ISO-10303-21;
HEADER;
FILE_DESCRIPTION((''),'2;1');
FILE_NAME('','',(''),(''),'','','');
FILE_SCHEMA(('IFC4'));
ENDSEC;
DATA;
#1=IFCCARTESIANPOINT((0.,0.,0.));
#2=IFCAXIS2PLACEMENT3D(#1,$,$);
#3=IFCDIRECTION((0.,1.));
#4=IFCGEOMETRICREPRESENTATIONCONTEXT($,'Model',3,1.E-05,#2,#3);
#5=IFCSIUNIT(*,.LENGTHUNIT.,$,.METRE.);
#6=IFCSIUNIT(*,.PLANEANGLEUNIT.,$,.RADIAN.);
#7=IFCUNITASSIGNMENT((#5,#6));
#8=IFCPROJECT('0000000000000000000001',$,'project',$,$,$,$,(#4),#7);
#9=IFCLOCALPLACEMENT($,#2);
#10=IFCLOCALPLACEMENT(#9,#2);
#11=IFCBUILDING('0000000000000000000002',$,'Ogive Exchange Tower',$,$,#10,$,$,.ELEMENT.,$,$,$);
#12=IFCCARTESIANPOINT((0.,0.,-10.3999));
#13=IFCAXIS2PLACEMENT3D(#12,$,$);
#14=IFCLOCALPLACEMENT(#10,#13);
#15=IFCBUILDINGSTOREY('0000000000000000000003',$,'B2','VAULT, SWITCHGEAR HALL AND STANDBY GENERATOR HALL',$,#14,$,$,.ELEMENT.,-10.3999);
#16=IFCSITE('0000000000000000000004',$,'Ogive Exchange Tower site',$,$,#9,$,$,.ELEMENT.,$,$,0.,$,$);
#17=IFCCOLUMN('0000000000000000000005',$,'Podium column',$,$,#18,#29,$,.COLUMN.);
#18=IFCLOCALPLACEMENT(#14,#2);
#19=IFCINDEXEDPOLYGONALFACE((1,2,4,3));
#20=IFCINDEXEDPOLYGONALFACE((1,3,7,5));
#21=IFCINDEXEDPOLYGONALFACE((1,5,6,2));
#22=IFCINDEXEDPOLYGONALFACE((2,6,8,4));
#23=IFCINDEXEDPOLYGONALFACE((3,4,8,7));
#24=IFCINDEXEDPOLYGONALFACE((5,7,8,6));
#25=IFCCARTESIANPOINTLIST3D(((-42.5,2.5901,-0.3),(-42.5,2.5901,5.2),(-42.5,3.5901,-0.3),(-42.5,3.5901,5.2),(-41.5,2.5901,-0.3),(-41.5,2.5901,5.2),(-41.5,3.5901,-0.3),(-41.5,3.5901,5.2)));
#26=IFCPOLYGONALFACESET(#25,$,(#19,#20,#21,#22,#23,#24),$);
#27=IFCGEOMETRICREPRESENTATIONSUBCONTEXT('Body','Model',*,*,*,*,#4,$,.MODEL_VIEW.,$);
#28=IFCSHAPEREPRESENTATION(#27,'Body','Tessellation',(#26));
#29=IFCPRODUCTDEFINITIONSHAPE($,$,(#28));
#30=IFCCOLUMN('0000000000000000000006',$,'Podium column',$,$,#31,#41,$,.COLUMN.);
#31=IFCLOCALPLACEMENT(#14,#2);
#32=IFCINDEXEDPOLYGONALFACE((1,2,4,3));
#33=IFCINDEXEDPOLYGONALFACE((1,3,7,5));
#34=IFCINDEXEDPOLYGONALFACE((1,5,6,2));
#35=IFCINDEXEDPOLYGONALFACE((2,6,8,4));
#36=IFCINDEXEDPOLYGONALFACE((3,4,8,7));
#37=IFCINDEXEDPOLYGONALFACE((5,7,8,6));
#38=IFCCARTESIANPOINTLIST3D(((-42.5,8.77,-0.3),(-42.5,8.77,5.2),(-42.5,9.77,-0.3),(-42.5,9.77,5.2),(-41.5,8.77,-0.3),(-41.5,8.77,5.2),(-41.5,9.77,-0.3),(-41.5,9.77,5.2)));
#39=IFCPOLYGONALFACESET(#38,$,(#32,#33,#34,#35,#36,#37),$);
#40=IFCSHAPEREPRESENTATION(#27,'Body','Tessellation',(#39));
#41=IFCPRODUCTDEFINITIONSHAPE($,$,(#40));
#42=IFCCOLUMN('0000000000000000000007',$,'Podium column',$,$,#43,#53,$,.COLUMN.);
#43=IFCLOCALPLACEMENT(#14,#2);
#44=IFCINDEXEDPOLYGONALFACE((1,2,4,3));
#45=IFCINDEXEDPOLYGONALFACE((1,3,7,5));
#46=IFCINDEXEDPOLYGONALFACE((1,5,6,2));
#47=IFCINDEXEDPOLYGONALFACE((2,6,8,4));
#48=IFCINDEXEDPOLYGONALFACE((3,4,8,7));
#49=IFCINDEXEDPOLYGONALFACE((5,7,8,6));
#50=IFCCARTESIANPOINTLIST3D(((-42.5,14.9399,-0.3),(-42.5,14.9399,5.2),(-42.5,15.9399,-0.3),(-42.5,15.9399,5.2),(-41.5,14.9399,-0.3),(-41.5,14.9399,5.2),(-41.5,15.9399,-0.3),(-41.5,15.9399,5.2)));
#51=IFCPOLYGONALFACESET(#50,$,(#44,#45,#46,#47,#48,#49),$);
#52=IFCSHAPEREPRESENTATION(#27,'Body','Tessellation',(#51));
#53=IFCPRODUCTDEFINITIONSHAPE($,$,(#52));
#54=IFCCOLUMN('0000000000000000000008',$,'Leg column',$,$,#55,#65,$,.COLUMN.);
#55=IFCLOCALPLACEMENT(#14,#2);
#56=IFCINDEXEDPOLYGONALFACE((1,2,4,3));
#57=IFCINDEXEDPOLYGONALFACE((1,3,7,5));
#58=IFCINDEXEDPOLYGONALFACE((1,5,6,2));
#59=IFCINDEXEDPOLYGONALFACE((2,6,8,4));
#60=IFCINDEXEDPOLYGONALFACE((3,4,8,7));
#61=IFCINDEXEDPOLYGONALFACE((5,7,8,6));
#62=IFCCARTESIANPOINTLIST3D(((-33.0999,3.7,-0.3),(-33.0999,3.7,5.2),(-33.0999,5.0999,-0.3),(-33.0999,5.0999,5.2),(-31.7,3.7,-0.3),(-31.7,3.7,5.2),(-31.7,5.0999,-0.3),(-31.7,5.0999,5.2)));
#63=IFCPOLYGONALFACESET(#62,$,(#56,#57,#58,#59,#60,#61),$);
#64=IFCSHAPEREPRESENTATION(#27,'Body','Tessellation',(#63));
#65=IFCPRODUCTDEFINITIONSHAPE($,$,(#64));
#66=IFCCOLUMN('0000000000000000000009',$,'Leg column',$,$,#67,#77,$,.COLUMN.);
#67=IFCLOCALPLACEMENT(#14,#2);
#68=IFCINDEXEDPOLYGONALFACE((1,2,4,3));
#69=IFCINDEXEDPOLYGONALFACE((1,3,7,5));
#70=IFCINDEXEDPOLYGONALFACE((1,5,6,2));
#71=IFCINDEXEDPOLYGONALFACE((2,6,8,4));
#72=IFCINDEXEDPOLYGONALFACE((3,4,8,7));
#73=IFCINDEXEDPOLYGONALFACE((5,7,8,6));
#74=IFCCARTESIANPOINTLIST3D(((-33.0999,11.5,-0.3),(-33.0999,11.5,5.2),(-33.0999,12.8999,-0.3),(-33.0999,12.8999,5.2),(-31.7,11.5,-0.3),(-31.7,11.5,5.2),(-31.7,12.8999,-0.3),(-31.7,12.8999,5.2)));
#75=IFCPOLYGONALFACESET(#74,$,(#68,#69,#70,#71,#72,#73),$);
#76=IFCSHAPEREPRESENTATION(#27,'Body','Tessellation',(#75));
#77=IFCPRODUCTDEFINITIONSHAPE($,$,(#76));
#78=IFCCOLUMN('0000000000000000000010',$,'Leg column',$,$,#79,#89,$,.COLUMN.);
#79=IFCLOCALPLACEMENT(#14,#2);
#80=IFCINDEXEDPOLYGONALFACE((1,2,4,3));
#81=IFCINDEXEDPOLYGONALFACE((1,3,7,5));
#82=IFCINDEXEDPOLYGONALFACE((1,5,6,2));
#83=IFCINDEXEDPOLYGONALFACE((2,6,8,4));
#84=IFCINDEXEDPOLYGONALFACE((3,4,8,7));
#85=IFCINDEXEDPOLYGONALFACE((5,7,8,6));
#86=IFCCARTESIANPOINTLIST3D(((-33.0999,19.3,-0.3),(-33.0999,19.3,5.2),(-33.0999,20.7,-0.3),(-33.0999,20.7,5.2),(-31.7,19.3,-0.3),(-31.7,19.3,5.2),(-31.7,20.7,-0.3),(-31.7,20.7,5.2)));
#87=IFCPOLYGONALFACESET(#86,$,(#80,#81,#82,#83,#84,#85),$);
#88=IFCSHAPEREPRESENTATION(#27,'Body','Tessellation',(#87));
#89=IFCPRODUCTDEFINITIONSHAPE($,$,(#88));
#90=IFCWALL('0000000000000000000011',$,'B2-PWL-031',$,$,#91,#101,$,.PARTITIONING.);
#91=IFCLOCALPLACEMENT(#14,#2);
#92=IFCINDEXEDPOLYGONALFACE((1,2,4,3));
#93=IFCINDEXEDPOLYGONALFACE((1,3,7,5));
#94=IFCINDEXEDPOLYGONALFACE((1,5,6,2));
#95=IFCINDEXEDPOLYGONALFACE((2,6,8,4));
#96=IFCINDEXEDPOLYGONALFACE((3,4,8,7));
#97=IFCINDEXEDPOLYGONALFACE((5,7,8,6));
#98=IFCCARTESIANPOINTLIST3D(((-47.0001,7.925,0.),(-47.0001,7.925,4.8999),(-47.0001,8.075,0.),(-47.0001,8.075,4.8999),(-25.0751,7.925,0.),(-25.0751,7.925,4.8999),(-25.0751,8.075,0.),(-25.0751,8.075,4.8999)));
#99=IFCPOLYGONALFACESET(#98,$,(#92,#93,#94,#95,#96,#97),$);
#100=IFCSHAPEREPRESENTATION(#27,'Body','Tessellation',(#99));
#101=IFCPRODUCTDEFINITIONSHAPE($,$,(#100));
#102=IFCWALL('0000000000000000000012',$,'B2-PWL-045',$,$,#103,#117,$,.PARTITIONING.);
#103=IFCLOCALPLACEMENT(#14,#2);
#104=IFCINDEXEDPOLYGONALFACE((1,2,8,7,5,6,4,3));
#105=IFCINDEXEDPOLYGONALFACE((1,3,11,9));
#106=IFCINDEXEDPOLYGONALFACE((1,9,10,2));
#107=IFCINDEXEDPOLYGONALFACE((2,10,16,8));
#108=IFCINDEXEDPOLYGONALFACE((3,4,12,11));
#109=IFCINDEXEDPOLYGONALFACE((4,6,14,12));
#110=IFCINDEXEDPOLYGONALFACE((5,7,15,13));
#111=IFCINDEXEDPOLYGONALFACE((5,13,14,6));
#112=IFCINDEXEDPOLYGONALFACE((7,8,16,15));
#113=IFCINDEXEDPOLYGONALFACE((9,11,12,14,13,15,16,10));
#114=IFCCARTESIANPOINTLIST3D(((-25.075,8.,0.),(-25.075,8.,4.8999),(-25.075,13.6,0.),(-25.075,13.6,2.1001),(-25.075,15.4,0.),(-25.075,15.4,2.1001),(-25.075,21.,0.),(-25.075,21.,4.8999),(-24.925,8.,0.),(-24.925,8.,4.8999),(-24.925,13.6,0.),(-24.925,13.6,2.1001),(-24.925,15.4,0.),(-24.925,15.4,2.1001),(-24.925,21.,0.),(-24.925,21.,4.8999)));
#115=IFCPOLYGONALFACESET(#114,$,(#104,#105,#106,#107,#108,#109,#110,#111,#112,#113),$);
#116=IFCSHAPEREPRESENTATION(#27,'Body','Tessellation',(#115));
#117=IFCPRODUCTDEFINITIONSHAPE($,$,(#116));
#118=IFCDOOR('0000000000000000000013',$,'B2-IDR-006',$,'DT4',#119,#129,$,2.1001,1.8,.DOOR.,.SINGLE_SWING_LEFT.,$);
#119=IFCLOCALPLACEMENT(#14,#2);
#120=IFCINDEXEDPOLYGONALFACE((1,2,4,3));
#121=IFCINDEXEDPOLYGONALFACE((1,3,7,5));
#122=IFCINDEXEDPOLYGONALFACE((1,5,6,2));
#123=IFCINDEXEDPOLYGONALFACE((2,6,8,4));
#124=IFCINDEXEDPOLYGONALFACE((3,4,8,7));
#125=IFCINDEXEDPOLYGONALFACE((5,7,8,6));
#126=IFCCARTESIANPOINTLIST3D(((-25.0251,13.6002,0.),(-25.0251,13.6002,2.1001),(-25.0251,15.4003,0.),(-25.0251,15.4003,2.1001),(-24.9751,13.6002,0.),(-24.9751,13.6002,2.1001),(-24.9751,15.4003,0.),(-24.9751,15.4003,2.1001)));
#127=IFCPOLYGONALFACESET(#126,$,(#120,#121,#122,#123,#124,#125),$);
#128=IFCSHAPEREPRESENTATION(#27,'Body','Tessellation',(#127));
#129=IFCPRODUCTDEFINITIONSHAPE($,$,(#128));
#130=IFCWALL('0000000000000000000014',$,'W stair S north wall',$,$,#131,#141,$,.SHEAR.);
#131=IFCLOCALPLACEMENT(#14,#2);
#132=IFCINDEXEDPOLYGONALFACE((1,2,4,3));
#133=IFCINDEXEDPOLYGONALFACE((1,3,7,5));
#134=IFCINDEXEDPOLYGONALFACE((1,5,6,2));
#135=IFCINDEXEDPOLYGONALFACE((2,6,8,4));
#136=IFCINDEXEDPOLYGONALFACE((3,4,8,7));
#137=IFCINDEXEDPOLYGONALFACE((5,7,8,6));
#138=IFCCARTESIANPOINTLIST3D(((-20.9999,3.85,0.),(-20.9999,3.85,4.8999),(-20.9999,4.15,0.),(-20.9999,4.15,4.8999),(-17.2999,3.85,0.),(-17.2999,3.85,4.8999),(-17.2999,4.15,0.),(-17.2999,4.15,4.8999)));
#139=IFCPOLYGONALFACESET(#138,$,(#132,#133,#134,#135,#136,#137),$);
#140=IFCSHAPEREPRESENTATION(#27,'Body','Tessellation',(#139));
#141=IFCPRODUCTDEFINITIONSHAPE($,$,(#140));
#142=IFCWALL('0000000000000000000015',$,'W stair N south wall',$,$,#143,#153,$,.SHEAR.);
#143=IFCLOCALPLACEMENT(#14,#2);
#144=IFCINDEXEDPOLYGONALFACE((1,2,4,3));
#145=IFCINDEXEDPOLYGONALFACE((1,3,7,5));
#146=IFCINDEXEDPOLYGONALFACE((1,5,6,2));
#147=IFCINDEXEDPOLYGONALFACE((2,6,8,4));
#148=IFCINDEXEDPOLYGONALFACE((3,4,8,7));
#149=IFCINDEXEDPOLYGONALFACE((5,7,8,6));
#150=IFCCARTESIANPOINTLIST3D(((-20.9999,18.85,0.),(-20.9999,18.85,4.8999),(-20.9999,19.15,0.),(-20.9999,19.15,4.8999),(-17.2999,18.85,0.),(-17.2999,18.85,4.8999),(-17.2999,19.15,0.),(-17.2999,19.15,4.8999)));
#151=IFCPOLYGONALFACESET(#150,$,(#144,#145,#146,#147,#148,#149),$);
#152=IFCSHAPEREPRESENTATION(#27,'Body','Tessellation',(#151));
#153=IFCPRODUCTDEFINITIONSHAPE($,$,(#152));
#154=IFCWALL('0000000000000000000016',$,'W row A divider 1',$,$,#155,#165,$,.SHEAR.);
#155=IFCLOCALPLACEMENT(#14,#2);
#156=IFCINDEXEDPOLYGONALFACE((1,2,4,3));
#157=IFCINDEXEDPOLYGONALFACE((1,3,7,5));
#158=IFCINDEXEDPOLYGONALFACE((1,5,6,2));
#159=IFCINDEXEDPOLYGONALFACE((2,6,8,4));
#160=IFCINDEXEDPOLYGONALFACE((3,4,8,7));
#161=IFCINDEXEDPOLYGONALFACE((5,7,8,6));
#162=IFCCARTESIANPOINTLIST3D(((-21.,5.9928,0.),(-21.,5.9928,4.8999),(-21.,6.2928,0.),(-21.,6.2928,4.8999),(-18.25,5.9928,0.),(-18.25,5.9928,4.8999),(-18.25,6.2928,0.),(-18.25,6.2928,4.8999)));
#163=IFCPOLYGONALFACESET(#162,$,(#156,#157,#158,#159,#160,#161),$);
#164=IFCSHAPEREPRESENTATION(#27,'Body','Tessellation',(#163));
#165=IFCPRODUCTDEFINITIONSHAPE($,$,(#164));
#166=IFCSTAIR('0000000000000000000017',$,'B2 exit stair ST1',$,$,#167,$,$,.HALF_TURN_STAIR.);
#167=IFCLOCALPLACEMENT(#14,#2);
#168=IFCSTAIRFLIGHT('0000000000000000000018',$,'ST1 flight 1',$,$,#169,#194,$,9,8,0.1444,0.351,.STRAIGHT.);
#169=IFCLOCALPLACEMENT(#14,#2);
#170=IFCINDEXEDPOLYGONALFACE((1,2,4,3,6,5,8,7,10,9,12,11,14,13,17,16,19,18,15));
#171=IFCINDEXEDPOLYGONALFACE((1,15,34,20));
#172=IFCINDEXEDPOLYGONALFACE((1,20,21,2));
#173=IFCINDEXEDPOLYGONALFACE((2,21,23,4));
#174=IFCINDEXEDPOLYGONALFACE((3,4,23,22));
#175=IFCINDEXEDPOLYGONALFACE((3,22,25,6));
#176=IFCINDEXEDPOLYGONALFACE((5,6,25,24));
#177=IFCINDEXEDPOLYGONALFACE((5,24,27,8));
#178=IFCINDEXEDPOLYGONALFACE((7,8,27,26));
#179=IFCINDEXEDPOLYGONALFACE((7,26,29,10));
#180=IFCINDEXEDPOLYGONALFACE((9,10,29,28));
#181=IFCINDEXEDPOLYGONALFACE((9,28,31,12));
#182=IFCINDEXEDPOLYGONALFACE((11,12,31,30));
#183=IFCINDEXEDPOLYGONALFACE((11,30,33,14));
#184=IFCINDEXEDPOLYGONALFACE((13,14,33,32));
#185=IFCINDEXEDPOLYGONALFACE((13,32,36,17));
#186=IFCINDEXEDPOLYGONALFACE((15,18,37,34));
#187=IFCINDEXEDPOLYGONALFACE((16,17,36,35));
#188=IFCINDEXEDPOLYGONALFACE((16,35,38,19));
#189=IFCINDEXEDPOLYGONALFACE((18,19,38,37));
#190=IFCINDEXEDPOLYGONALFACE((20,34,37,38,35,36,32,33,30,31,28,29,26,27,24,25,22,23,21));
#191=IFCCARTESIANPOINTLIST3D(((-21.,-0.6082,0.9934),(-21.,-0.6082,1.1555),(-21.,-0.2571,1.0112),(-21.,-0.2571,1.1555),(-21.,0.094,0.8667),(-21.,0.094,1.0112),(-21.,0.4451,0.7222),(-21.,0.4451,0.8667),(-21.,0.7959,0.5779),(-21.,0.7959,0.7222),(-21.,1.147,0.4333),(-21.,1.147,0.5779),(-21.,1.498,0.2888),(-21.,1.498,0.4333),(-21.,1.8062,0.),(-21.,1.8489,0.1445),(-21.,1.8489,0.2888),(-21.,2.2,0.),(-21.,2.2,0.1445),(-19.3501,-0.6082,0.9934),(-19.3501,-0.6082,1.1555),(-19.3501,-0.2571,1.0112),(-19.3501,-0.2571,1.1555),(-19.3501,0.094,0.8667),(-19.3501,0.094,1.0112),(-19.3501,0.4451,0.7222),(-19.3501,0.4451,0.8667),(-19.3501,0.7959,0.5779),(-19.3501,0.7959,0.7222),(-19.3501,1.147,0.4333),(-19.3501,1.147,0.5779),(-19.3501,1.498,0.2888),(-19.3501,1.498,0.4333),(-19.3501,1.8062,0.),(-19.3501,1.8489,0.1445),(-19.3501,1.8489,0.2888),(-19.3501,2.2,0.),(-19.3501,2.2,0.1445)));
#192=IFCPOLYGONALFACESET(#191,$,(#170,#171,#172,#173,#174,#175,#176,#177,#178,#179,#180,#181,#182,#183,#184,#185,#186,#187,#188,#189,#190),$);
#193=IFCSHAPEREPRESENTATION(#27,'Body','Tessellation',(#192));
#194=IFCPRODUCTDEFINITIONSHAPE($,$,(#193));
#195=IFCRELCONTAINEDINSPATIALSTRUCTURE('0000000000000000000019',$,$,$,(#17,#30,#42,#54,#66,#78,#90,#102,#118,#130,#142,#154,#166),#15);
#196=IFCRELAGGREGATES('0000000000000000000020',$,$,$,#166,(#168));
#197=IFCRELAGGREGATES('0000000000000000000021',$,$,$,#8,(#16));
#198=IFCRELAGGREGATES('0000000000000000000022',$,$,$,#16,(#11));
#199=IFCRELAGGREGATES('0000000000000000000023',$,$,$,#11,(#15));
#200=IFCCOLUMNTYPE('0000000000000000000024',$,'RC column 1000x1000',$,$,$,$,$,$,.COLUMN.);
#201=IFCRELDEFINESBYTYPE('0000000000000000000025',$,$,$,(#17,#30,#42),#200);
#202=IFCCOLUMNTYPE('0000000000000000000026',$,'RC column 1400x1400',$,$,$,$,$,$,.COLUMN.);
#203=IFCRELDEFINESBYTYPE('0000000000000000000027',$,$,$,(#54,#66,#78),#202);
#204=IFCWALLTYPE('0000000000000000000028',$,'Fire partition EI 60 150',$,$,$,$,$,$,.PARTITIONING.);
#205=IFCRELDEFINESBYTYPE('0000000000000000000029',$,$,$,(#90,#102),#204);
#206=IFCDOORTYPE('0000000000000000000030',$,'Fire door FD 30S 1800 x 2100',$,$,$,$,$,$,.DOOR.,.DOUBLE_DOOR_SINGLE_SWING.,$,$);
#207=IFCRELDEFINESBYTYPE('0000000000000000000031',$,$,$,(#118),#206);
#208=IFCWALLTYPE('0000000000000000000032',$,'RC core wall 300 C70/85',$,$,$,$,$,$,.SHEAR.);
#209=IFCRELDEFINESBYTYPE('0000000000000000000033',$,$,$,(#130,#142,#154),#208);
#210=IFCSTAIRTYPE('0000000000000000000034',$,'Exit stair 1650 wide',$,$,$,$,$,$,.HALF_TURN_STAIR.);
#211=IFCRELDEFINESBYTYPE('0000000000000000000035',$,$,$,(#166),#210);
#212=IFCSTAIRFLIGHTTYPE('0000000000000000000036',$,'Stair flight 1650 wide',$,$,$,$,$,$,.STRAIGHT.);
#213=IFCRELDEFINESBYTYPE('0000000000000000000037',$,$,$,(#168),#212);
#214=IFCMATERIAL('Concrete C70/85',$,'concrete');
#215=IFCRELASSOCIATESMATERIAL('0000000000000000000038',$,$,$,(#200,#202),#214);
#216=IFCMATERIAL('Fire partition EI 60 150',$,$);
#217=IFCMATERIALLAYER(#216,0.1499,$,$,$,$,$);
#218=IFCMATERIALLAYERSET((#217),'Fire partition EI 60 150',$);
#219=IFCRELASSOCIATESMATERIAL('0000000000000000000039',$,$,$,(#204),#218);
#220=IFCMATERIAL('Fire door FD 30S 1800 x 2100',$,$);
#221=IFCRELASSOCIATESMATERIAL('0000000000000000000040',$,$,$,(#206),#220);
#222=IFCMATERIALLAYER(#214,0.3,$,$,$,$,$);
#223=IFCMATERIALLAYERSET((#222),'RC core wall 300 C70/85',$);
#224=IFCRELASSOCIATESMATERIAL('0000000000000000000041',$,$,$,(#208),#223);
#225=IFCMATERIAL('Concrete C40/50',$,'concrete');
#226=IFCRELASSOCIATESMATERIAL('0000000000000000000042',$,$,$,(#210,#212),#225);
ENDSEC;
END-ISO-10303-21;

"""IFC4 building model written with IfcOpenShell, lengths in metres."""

from ifc_helpers import new_model, si_unit, direction, frame, frame_2d, origin, origin_2d, place, context, subcontext, project, spatial, polyline, rectangle, outline, extrude, material, layer, layer_set, material_profile, profile_set, type_object, element, fill, aggregate, save


model = new_model("IFC4")

# Units and contexts
model_context = context("Model", 3, precision=1e-05, world=origin(), true_north=direction((0.0, 1.0)))
body_context = subcontext(model_context, "Body", "Model", "MODEL_VIEW")
ifc_project = project(units=[si_unit("LENGTHUNIT", "METRE"), si_unit("PLANEANGLEUNIT", "RADIAN")], contexts=[model_context])

# Site, building, storey
site_placement = place(None, origin())
site = spatial("IfcSite", under=ifc_project, at=site_placement, Name="Ogive Exchange Tower site", CompositionType="ELEMENT", RefElevation=0.0)
building_placement = place(site_placement, origin())
building = spatial("IfcBuilding", under=site, at=building_placement, Name="Ogive Exchange Tower", CompositionType="ELEMENT")
storey_placement = place(building_placement, frame((0.0, 0.0, -10.3999)))
storey = spatial("IfcBuildingStorey", under=building, at=storey_placement, Name="B2", Description="VAULT, SWITCHGEAR HALL AND STANDBY GENERATOR HALL", CompositionType="ELEMENT", Elevation=-10.3999)

# Shared definitions
ifc_material_1 = material(Name="Concrete C40/50", Category="concrete")

# Columns
ifc_material_2 = material(Name="Concrete C70/85", Category="concrete")
ifc_material_profile_1 = material_profile(ifc_material_2, rectangle(XDim=1.0, YDim=1.0, at=origin_2d()), Name="RC 1000x1000")
ifc_profile_set_1 = profile_set([ifc_material_profile_1], Name="Concrete C70/85")
column_type_1 = type_object("IfcColumnType", Name="RC column 1000x1000", PredefinedType="COLUMN", material=ifc_profile_set_1)
for number, where, z_axis, x_axis, name in (
    (1, (-42.0, 3.0901, -0.3), (0.0, 0.0, 1.0), (1.0, 0.0, 0.0), "Podium column"),
    (2, (-42.0, 9.27, -0.3), (0.0, 0.0, 1.0), (1.0, 0.0, 0.0), "Podium column"),
    (3, (-42.0, 15.4399, -0.3), (0.0, 0.0, 1.0), (1.0, 0.0, 0.0), "Podium column"),
):
    element("IfcColumn", number, at=place(storey_placement, frame(where, z_axis=z_axis, x_axis=x_axis)), inside=storey, type_object=column_type_1, Name=name, PredefinedType="COLUMN", context=body_context, shape_type="SweptSolid", body=[
        extrude(rectangle(XDim=1.0, YDim=1.0, at=origin_2d()), origin(), (0.0, 0.0, 1.0), 5.5),
    ])
ifc_material_profile_2 = material_profile(ifc_material_2, rectangle(XDim=1.3999, YDim=1.3999, at=origin_2d()), Name="RC 1400x1400")
ifc_profile_set_2 = profile_set([ifc_material_profile_2], Name="Concrete C70/85")
column_type_2 = type_object("IfcColumnType", Name="RC column 1400x1400", PredefinedType="COLUMN", material=ifc_profile_set_2)
for number, where, z_axis, x_axis, name in (
    (4, (-32.3999, 4.3999, -0.3), (0.0, 0.0, 1.0), (1.0, 0.0, 0.0), "Leg column"),
    (5, (-32.3999, 12.2, -0.3), (0.0, 0.0, 1.0), (1.0, 0.0, 0.0), "Leg column"),
    (6, (-32.3999, 20.0, -0.3), (0.0, 0.0, 1.0), (1.0, 0.0, 0.0), "Leg column"),
):
    element("IfcColumn", number, at=place(storey_placement, frame(where, z_axis=z_axis, x_axis=x_axis)), inside=storey, type_object=column_type_2, Name=name, PredefinedType="COLUMN", context=body_context, shape_type="SweptSolid", body=[
        extrude(rectangle(XDim=1.3999, YDim=1.3999, at=origin_2d()), origin(), (0.0, 0.0, 1.0), 5.5),
    ])

# Wall
ifc_material_3 = material(Name="Fire partition EI 60 150")
ifc_layer_1 = layer(ifc_material_3, 0.1499)
ifc_layer_set_1 = layer_set([ifc_layer_1], Name="Fire partition EI 60 150")
wall_type_1 = type_object("IfcWallType", Name="Fire partition EI 60 150", PredefinedType="PARTITIONING", material=ifc_layer_set_1)
wall_1_placement = place(storey_placement, frame((-47.0, 8.0, 0.0), z_axis=(0.0, 0.0, 1.0), x_axis=(1.0, 0.0, 0.0)))
element("IfcWall", 7, at=wall_1_placement, inside=storey, type_object=wall_type_1, Name="B2-PWL-031", PredefinedType="PARTITIONING", context=body_context, shape_type="SweptSolid", body=[
    extrude(rectangle(XDim=21.925, YDim=0.1499, at=frame_2d((10.9624, 0.0))), origin(), (0.0, 0.0, 1.0), 4.8999),
])

# Wall, opening, door
wall_2_placement = place(storey_placement, frame((-25.0, 8.0, 0.0), z_axis=(0.0, 0.0, 1.0), x_axis=(0.0, 1.0, 0.0)))
wall_2 = element("IfcWall", 8, at=wall_2_placement, inside=storey, type_object=wall_type_1, Name="B2-PWL-045", PredefinedType="PARTITIONING", context=body_context, shape_type="SweptSolid", body=[
    extrude(rectangle(XDim=13.0, YDim=0.1499, at=frame_2d((6.5, 0.0))), origin(), (0.0, 0.0, 1.0), 4.8999),
])
opening_placement = place(wall_2_placement, frame((5.6001, 0.0, 0.0)))
opening = element("IfcOpeningElement", 9, at=opening_placement, cuts=wall_2, PredefinedType="OPENING", context=body_context, shape_type="SweptSolid", body=[
    extrude(rectangle(XDim=1.8, YDim=2.1001, at=frame_2d((0.8999, 1.05))), frame((0.0, 0.085, 0.0), z_axis=(0.0, -1.0, 0.0), x_axis=(1.0, 0.0, 0.0)), (0.0, 0.0, 1.0), 0.1699),
])
ifc_material_4 = material(Name="Fire door FD 30S 1800 x 2100")
door_type = type_object("IfcDoorType", Name="Fire door FD 30S 1800 x 2100", OperationType="DOUBLE_DOOR_SINGLE_SWING", PredefinedType="DOOR", material=ifc_material_4)
door_placement = place(opening_placement, frame((1.8, 0.0, 0.0), z_axis=(0.0, 0.0, 1.0), x_axis=(-1.0, 0.0, 0.0)))
door = element("IfcDoor", 10, at=door_placement, inside=storey, type_object=door_type, Name="B2-IDR-006", ObjectType="DT4", OperationType="SINGLE_SWING_LEFT", OverallHeight=2.1001, OverallWidth=1.8, PredefinedType="DOOR", context=body_context, shape_type="SweptSolid", body=[
    extrude(rectangle(XDim=1.8, YDim=2.1001, at=frame_2d((0.8999, 1.05))), frame((0.0, 0.0249, 0.0), z_axis=(0.0, -1.0, 0.0), x_axis=(1.0, 0.0, 0.0)), (0.0, 0.0, 1.0), 0.05),
])
fill(opening, door)

# Walls
ifc_layer_2 = layer(ifc_material_2, 0.3)
ifc_layer_set_2 = layer_set([ifc_layer_2], Name="RC core wall 300 C70/85")
wall_type_2 = type_object("IfcWallType", Name="RC core wall 300 C70/85", PredefinedType="SHEAR", material=ifc_layer_set_2)
for number, where, z_axis, x_axis, name in (
    (11, (-21.0, 4.0, 0.0), (0.0, 0.0, 1.0), (1.0, 0.0, 0.0), "W stair S north wall"),
    (12, (-21.0, 19.0, 0.0), (0.0, 0.0, 1.0), (1.0, 0.0, 0.0), "W stair N south wall"),
):
    element("IfcWall", number, at=place(storey_placement, frame(where, z_axis=z_axis, x_axis=x_axis)), inside=storey, type_object=wall_type_2, Name=name, PredefinedType="SHEAR", context=body_context, shape_type="SweptSolid", body=[
        extrude(rectangle(XDim=3.7, YDim=0.3, at=frame_2d((1.8501, 0.0))), origin(), (0.0, 0.0, 1.0), 4.8999),
    ])
wall_3_placement = place(storey_placement, frame((-21.0, 6.1428, 0.0), z_axis=(0.0, 0.0, 1.0), x_axis=(1.0, 0.0, 0.0)))
element("IfcWall", 13, at=wall_3_placement, inside=storey, type_object=wall_type_2, Name="W row A divider 1", PredefinedType="SHEAR", context=body_context, shape_type="SweptSolid", body=[
    extrude(rectangle(XDim=2.75, YDim=0.3, at=frame_2d((1.375, 0.0))), origin(), (0.0, 0.0, 1.0), 4.8999),
])

# Stair, stair flight
stair_type = type_object("IfcStairType", Name="Exit stair 1650 wide", PredefinedType="HALF_TURN_STAIR", material=ifc_material_1)
stair_placement = place(storey_placement, origin())
stair = element("IfcStair", 14, at=stair_placement, inside=storey, type_object=stair_type, Name="B2 exit stair ST1", PredefinedType="HALF_TURN_STAIR")
stair_flight_type = type_object("IfcStairFlightType", Name="Stair flight 1650 wide", PredefinedType="STRAIGHT", material=ifc_material_1)
stair_flight_1_placement = place(storey_placement, frame((-20.175, 2.2, 0.0), z_axis=(0.0, 0.0, 1.0), x_axis=(0.0, -1.0, 0.0)))
stair_flight_1 = element("IfcStairFlight", 15, at=stair_flight_1_placement, type_object=stair_flight_type, Name="ST1 flight 1", NumberOfRisers=9, NumberOfTreads=8, PredefinedType="STRAIGHT", RiserHeight=0.1444, TreadLength=0.351, context=body_context, shape_type="SweptSolid", body=[
    extrude(outline(polyline([(0.0, 0.0), (0.0, 0.1445), (0.3511, 0.1445), (0.3511, 0.2888), (0.7019, 0.2888), (0.7019, 0.4333), (1.053, 0.4333), (1.053, 0.5779), (1.4041, 0.5779), (1.4041, 0.7222), (1.7549, 0.7222), (1.7549, 0.8667), (2.106, 0.8667), (2.106, 1.0112), (2.457, 1.0112), (2.457, 1.1555), (2.8081, 1.1555), (2.8081, 1.3), (2.8081, 0.9934), (0.3938, 0.0), (0.0, 0.0)])), frame((0.0, 0.825, 0.0), z_axis=(0.0, -1.0, 0.0), x_axis=(1.0, 0.0, 0.0)), (0.0, 0.0, 1.0), 1.6499),
])
aggregate(stair, [stair_flight_1])

save(model, "model.ifc")
